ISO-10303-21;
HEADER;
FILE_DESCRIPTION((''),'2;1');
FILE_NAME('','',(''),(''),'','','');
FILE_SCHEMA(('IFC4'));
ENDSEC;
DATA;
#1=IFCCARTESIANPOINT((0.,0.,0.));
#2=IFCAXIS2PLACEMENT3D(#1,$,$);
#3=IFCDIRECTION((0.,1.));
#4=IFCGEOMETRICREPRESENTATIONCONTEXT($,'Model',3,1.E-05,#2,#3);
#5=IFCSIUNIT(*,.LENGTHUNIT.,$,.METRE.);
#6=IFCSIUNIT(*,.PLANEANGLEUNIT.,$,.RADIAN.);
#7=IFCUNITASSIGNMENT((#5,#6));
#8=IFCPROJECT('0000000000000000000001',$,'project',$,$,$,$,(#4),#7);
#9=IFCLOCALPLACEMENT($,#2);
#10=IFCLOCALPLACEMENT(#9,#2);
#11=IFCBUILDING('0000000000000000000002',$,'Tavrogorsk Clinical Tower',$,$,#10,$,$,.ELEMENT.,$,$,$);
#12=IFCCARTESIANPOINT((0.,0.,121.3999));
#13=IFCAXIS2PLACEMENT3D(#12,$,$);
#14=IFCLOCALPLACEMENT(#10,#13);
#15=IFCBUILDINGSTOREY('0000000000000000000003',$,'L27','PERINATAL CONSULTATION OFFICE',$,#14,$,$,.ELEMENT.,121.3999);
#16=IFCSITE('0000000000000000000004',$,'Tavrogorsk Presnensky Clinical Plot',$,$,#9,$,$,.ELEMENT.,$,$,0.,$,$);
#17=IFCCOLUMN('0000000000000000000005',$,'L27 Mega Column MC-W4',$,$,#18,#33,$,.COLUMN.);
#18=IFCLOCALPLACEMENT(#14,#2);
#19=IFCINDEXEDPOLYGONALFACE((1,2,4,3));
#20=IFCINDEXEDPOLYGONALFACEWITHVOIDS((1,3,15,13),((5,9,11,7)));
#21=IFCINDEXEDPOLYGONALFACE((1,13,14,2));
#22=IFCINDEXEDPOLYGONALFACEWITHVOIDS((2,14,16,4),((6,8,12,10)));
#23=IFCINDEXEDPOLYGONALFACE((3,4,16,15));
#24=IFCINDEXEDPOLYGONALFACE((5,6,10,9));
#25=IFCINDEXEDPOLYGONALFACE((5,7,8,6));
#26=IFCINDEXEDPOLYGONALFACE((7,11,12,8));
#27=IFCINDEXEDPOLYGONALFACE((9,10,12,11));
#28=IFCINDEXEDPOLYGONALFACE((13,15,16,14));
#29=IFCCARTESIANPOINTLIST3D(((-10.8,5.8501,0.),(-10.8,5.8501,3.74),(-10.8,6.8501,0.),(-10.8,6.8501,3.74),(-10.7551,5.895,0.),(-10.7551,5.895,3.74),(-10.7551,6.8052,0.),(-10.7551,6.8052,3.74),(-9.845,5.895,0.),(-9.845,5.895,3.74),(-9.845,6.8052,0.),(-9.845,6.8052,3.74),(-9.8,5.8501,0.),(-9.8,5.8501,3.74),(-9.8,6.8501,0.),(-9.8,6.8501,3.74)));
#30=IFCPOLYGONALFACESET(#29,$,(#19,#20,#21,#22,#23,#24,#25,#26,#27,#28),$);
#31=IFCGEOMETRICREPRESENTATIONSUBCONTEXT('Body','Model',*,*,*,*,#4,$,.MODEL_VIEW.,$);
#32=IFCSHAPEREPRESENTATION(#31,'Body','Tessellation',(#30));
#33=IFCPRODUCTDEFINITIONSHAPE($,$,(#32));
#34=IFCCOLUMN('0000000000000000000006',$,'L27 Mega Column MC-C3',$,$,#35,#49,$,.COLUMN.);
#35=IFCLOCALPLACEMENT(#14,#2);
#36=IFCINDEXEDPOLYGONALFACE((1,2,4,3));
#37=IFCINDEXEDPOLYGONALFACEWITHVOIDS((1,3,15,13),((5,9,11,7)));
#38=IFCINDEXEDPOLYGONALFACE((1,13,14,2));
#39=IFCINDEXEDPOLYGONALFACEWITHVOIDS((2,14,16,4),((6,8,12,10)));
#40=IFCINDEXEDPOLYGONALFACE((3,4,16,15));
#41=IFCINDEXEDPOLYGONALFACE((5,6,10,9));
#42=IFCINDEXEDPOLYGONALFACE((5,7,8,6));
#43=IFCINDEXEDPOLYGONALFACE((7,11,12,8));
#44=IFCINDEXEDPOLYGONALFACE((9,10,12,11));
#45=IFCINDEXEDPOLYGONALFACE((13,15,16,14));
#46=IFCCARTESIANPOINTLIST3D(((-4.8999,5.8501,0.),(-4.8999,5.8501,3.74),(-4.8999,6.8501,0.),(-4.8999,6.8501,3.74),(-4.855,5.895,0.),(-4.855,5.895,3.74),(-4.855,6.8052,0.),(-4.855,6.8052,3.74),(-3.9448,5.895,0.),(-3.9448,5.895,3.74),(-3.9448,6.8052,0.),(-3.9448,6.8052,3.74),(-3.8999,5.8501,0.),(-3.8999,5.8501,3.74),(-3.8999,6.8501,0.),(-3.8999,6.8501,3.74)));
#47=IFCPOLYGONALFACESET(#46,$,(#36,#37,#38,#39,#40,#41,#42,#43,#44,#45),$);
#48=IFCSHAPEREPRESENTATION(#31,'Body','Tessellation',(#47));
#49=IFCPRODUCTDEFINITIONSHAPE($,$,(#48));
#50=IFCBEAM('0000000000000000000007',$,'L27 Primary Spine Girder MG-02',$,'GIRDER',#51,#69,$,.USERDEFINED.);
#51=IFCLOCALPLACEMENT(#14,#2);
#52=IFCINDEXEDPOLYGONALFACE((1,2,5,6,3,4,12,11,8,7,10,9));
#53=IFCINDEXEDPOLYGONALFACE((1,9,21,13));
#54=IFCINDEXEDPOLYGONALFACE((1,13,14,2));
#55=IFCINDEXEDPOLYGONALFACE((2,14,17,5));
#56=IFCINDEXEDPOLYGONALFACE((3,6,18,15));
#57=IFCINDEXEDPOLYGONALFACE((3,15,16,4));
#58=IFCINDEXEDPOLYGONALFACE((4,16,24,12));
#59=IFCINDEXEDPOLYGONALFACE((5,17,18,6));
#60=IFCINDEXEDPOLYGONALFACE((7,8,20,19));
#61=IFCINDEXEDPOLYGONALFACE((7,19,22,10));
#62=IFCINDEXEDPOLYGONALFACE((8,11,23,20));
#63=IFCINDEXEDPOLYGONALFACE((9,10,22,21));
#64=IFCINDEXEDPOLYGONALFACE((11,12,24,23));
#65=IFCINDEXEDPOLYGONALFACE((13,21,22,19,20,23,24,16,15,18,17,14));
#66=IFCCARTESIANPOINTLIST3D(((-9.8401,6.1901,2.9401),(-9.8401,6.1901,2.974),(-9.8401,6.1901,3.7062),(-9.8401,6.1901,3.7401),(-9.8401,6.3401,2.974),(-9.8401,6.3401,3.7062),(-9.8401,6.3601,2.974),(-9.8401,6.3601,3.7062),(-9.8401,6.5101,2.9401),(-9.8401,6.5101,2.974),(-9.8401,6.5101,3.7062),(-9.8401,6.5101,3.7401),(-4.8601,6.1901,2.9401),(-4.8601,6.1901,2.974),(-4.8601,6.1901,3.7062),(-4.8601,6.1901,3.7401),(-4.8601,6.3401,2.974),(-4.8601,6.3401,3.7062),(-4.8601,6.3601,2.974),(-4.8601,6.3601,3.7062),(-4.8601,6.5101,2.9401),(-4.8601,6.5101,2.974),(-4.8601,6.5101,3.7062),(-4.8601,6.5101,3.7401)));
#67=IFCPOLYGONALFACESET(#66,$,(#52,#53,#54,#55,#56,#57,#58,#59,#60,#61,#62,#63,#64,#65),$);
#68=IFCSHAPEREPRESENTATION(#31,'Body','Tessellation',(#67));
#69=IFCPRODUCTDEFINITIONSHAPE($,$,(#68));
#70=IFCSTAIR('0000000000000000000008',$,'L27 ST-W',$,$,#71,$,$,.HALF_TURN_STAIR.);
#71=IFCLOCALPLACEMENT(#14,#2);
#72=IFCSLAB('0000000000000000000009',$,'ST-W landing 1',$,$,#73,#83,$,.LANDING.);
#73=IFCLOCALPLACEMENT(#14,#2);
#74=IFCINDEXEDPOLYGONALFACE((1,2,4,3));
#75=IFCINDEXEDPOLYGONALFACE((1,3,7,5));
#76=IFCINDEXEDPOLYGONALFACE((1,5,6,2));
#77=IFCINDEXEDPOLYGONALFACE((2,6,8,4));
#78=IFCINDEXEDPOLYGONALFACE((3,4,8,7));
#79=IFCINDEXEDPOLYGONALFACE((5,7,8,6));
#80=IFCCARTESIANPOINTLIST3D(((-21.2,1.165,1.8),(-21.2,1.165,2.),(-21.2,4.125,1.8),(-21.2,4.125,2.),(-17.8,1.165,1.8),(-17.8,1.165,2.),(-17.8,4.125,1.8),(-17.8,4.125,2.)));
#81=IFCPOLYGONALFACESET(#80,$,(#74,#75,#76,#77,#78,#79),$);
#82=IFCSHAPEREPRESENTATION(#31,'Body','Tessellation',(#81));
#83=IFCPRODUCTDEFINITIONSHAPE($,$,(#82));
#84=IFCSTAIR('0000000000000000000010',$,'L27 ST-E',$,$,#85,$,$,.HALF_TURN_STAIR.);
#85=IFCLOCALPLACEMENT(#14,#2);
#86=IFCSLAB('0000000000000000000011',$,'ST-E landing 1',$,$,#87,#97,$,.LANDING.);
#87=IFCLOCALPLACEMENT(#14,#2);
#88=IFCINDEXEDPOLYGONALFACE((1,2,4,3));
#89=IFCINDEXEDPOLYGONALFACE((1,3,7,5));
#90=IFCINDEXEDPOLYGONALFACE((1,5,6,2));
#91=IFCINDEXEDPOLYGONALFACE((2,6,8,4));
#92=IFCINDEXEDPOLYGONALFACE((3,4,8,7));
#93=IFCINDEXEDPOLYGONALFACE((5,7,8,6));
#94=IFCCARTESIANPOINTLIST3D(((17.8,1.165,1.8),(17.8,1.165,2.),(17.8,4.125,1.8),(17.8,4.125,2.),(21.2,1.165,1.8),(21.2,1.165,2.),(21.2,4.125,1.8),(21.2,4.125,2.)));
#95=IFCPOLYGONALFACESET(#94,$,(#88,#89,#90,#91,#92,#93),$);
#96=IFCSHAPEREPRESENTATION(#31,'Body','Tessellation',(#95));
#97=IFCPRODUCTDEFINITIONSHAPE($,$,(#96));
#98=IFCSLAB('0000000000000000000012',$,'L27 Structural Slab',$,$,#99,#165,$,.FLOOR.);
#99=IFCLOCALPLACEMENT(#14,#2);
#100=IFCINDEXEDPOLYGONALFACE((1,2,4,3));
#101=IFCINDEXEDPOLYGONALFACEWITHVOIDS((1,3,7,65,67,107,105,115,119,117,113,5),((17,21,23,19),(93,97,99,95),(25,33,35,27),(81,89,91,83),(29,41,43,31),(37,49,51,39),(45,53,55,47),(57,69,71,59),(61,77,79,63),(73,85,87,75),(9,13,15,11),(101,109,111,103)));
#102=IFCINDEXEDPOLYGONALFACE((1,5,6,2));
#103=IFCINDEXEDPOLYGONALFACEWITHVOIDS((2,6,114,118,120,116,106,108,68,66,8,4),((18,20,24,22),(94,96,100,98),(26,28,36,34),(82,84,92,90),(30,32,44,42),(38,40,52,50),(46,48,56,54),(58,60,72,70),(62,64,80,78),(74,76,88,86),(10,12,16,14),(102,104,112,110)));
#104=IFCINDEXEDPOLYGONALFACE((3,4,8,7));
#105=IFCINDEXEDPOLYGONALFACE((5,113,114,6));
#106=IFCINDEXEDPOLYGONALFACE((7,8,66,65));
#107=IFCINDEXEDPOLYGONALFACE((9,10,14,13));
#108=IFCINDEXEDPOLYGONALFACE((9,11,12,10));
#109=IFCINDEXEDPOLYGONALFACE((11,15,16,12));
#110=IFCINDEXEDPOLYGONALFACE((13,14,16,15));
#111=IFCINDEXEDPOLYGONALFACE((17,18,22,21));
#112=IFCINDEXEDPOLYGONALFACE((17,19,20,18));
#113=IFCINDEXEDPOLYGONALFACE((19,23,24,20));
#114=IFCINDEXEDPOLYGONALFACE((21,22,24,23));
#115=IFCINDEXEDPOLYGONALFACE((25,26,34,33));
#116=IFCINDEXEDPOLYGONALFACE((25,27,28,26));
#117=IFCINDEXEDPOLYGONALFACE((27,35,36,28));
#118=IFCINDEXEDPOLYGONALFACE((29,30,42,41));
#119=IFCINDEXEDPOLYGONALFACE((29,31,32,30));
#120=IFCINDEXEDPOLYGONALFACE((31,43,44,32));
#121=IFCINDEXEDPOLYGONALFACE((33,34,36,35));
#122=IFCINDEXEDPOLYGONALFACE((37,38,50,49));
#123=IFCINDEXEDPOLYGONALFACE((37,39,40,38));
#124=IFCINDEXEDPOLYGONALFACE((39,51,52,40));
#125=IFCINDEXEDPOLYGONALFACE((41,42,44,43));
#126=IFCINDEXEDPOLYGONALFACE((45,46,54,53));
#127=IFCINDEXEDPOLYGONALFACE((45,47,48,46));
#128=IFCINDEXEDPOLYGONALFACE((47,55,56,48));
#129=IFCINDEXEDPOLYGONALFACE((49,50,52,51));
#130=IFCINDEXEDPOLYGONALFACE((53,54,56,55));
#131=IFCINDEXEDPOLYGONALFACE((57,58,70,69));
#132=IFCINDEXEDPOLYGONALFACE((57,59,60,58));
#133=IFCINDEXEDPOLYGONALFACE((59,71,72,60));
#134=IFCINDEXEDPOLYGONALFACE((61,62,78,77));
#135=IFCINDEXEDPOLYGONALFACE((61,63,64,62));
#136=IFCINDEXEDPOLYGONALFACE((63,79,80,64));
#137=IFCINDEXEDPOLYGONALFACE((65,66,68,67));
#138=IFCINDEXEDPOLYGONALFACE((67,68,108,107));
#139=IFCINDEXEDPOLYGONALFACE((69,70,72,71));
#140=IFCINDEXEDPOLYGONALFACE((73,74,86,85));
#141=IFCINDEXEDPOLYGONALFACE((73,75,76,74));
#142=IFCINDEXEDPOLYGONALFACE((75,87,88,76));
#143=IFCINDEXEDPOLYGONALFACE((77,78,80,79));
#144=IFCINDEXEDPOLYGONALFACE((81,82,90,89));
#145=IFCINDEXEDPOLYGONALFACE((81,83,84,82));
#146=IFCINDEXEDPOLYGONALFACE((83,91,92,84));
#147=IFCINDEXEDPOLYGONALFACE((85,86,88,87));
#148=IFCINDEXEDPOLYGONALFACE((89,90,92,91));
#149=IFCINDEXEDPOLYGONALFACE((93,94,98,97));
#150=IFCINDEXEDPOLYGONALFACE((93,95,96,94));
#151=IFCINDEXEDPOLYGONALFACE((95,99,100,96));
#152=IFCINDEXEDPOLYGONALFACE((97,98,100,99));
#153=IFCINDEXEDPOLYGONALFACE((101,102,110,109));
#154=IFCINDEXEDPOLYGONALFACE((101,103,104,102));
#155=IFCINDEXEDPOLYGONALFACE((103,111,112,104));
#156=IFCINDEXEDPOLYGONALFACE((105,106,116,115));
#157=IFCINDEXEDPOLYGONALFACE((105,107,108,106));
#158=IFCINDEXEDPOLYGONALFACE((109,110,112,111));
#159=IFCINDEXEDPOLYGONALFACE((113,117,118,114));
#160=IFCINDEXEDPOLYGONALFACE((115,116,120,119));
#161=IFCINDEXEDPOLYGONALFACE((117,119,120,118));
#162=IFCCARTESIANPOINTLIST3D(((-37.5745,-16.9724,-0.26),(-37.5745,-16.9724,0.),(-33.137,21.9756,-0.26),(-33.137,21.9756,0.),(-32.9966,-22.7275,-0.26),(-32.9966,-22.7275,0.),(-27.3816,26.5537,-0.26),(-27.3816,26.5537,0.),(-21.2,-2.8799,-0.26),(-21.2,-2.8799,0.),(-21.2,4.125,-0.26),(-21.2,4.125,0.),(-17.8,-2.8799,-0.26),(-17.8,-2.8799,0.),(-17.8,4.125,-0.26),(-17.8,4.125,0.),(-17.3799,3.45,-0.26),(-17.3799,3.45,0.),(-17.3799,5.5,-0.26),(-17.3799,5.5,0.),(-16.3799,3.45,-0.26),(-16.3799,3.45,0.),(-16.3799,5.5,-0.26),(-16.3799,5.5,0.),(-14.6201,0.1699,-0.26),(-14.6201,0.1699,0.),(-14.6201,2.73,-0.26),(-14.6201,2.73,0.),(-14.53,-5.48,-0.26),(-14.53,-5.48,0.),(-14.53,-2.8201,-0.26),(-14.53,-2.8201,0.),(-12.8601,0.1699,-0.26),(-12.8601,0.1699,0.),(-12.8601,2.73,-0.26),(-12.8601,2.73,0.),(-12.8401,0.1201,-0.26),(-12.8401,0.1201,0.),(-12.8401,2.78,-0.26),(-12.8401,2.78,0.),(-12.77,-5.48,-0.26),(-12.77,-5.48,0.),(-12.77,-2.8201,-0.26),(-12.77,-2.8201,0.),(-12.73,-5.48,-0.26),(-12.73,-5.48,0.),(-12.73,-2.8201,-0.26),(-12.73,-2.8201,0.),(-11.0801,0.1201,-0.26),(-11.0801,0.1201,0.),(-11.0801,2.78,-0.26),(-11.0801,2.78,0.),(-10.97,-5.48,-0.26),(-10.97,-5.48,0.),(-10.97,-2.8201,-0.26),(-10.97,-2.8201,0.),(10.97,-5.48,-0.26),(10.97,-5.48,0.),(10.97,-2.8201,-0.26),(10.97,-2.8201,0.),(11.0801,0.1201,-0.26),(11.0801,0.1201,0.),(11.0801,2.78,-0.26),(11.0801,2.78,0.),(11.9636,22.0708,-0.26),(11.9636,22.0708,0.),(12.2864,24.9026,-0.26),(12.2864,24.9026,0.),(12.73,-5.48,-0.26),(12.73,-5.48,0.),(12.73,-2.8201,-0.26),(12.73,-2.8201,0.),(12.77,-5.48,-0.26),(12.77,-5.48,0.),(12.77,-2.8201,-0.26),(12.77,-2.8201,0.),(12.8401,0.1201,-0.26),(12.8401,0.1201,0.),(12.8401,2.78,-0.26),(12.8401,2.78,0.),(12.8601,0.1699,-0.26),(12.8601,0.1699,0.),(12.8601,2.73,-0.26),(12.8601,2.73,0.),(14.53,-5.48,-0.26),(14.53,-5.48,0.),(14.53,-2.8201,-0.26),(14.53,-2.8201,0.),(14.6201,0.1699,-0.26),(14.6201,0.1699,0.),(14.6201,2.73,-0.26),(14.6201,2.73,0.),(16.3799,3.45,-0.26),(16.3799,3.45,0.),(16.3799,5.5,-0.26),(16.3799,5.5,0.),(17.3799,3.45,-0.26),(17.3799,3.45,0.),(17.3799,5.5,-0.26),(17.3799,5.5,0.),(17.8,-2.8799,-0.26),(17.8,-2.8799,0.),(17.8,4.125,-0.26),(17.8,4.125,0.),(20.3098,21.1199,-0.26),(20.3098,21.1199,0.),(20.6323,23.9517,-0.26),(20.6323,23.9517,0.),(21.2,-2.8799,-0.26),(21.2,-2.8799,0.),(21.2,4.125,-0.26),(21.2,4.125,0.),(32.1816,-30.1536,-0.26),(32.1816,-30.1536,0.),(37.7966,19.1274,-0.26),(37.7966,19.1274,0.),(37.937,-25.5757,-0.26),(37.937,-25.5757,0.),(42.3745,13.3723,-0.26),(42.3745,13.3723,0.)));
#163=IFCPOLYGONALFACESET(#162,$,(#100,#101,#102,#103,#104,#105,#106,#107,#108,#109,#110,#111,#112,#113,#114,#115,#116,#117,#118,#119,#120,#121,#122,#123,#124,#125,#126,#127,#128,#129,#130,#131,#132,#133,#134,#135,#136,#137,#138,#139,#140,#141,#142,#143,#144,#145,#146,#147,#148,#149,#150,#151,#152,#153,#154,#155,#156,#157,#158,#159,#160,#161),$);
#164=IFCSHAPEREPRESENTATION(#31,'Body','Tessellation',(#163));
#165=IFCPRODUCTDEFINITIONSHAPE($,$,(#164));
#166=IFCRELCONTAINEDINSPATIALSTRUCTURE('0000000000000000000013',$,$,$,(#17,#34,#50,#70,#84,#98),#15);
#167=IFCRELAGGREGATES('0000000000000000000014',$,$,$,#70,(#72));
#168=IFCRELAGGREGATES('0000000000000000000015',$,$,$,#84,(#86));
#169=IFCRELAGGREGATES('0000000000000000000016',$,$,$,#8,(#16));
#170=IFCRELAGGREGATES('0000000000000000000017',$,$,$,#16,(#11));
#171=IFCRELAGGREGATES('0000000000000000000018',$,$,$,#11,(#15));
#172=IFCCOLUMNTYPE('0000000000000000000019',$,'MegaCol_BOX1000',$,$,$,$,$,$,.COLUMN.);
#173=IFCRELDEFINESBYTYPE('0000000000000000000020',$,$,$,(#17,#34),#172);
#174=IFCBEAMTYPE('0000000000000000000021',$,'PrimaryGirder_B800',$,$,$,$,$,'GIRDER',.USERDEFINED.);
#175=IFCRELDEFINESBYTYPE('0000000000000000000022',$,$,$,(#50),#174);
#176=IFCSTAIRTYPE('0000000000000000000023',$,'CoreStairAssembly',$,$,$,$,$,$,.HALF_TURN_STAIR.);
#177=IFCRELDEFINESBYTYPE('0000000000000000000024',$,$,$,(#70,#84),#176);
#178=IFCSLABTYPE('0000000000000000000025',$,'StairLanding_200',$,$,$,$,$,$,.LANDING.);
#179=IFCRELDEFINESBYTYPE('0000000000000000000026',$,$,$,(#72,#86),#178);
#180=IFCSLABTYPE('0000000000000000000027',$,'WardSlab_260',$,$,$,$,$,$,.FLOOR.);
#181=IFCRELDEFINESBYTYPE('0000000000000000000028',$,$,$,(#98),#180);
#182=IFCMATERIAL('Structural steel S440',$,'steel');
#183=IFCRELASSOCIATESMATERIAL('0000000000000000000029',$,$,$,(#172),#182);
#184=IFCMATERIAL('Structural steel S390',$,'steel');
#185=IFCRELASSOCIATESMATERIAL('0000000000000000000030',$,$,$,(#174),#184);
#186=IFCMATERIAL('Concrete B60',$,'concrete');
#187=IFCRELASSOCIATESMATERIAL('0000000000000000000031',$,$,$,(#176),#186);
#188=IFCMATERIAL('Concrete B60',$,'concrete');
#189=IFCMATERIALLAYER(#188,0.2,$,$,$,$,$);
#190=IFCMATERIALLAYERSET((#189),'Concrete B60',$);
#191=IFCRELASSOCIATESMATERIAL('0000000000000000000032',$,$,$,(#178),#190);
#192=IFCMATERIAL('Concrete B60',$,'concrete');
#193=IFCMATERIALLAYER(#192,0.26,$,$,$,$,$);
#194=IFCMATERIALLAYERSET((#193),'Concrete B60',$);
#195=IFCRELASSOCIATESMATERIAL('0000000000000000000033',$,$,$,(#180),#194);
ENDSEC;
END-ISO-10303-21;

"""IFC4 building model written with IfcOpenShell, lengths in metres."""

from ifc_helpers import new_model, si_unit, direction, frame, origin, origin_2d, place, context, subcontext, project, spatial, polyline, hollow_rectangle, i_section, outline, extrude, material, layer, layer_set, material_profile, profile_set, type_object, element, aggregate, save


model = new_model("IFC4")

# Units and contexts
model_context = context("Model", 3, precision=1e-05, world=origin(), true_north=direction((0.0, 1.0)))
body_context = subcontext(model_context, "Body", "Model", "MODEL_VIEW")
ifc_project = project(units=[si_unit("LENGTHUNIT", "METRE"), si_unit("PLANEANGLEUNIT", "RADIAN")], contexts=[model_context])

# Site, building, storey
site_placement = place(None, origin())
site = spatial("IfcSite", under=ifc_project, at=site_placement, Name="Tavrogorsk Presnensky Clinical Plot", CompositionType="ELEMENT", RefElevation=0.0)
building_placement = place(site_placement, origin())
building = spatial("IfcBuilding", under=site, at=building_placement, Name="Tavrogorsk Clinical Tower", CompositionType="ELEMENT")
storey_placement = place(building_placement, frame((0.0, 0.0, 121.3999)))
storey = spatial("IfcBuildingStorey", under=building, at=storey_placement, Name="L27", Description="PERINATAL CONSULTATION OFFICE", CompositionType="ELEMENT", Elevation=121.3999)

# Columns
ifc_material_1 = material(Name="Structural steel S440", Category="steel")
ifc_material_profile_1 = material_profile(ifc_material_1, hollow_rectangle(XDim=1.0, YDim=1.0, WallThickness=0.0449, at=origin_2d()), Name="BOX-1000x1000x45")
ifc_profile_set_1 = profile_set([ifc_material_profile_1], Name="Structural steel S440")
column_type = type_object("IfcColumnType", Name="MegaCol_BOX1000", PredefinedType="COLUMN", material=ifc_profile_set_1)
for number, where, z_axis, x_axis, name in (
    (1, (-10.3, 6.3501, 0.0), (0.0, 0.0, 1.0), (1.0, 0.0, 0.0), "L27 Mega Column MC-W4"),
    (2, (-4.3999, 6.3501, 0.0), (0.0, 0.0, 1.0), (1.0, 0.0, 0.0), "L27 Mega Column MC-C3"),
):
    element("IfcColumn", number, at=place(storey_placement, frame(where, z_axis=z_axis, x_axis=x_axis)), inside=storey, type_object=column_type, Name=name, PredefinedType="COLUMN", context=body_context, shape_type="SweptSolid", body=[
        extrude(hollow_rectangle(XDim=1.0, YDim=1.0, WallThickness=0.0449, at=origin_2d()), origin(), (0.0, 0.0, 1.0), 3.74),
    ])

# Beam
ifc_material_2 = material(Name="Structural steel S390", Category="steel")
ifc_material_profile_2 = material_profile(ifc_material_2, i_section(OverallWidth=0.3201, OverallDepth=0.8, WebThickness=0.02, FlangeThickness=0.0339, at=origin_2d()), Name="B-800x320x20x34")
ifc_profile_set_2 = profile_set([ifc_material_profile_2], Name="Structural steel S390")
beam_type = type_object("IfcBeamType", Name="PrimaryGirder_B800", ElementType="GIRDER", PredefinedType="USERDEFINED", material=ifc_profile_set_2)
beam_placement = place(storey_placement, frame((-9.8401, 6.3501, 3.3401), z_axis=(1.0, 0.0, 0.0), x_axis=(0.0, 1.0, 0.0)))
element("IfcBeam", 3, at=beam_placement, inside=storey, type_object=beam_type, Name="L27 Primary Spine Girder MG-02", ObjectType="GIRDER", PredefinedType="USERDEFINED", context=body_context, shape_type="SweptSolid", body=[
    extrude(i_section(OverallWidth=0.3201, OverallDepth=0.8, WebThickness=0.02, FlangeThickness=0.0339, at=origin_2d()), origin(), (0.0, 0.0, 1.0), 4.98),
])

# Stairs, slabs
ifc_material_3 = material(Name="Concrete B60", Category="concrete")
stair_type = type_object("IfcStairType", Name="CoreStairAssembly", PredefinedType="HALF_TURN_STAIR", material=ifc_material_3)
stair_1_placement = place(storey_placement, origin())
stair_1 = element("IfcStair", 4, at=stair_1_placement, inside=storey, type_object=stair_type, Name="L27 ST-W", PredefinedType="HALF_TURN_STAIR")
ifc_material_4 = material(Name="Concrete B60", Category="concrete")
ifc_layer_1 = layer(ifc_material_4, 0.2)
ifc_layer_set_1 = layer_set([ifc_layer_1], Name="Concrete B60")
slab_type_1 = type_object("IfcSlabType", Name="StairLanding_200", PredefinedType="LANDING", material=ifc_layer_set_1)
slab_1_placement = place(storey_placement, frame((0.0, 0.0, 1.8)))
slab_1 = element("IfcSlab", 5, at=slab_1_placement, type_object=slab_type_1, Name="ST-W landing 1", PredefinedType="LANDING", context=body_context, shape_type="SweptSolid", body=[
    extrude(outline(polyline([(-17.8, 1.165), (-17.8, 4.125), (-21.2, 4.125), (-21.2, 1.165), (-17.8, 1.165)])), origin(), (0.0, 0.0, 1.0), 0.2),
])
aggregate(stair_1, [slab_1])
stair_2_placement = place(storey_placement, origin())
stair_2 = element("IfcStair", 6, at=stair_2_placement, inside=storey, type_object=stair_type, Name="L27 ST-E", PredefinedType="HALF_TURN_STAIR")
slab_2_placement = place(storey_placement, frame((0.0, 0.0, 1.8)))
slab_2 = element("IfcSlab", 7, at=slab_2_placement, type_object=slab_type_1, Name="ST-E landing 1", PredefinedType="LANDING", context=body_context, shape_type="SweptSolid", body=[
    extrude(outline(polyline([(21.2, 1.165), (21.2, 4.125), (17.8, 4.125), (17.8, 1.165), (21.2, 1.165)])), origin(), (0.0, 0.0, 1.0), 0.2),
])
aggregate(stair_2, [slab_2])

# Slab
ifc_material_5 = material(Name="Concrete B60", Category="concrete")
ifc_layer_2 = layer(ifc_material_5, 0.26)
ifc_layer_set_2 = layer_set([ifc_layer_2], Name="Concrete B60")
slab_type_2 = type_object("IfcSlabType", Name="WardSlab_260", PredefinedType="FLOOR", material=ifc_layer_set_2)
slab_3_placement = place(storey_placement, frame((0.0, 0.0, -0.26)))
element("IfcSlab", 8, at=slab_3_placement, inside=storey, type_object=slab_type_2, Name="L27 Structural Slab", PredefinedType="FLOOR", context=body_context, shape_type="SweptSolid", body=[
    extrude(outline(polyline([(37.7966, 19.1274), (42.3745, 13.3723), (37.937, -25.5757), (32.1816, -30.1536), (-32.9966, -22.7275), (-37.5745, -16.9724), (-33.137, 21.9756), (-27.3816, 26.5537), (11.9636, 22.0708), (12.2864, 24.9026), (20.6323, 23.9517), (20.3098, 21.1199), (37.7966, 19.1274)]), holes=[polyline([(-17.8, -2.8799), (-17.8, 4.125), (-21.2, 4.125), (-21.2, -2.8799), (-17.8, -2.8799)]), polyline([(21.2, -2.8799), (21.2, 4.125), (17.8, 4.125), (17.8, -2.8799), (21.2, -2.8799)]), polyline([(-14.6201, 0.1699), (-12.8601, 0.1699), (-12.8601, 2.73), (-14.6201, 2.73), (-14.6201, 0.1699)]), polyline([(-14.53, -5.48), (-12.77, -5.48), (-12.77, -2.8201), (-14.53, -2.8201), (-14.53, -5.48)]), polyline([(-12.73, -5.48), (-10.97, -5.48), (-10.97, -2.8201), (-12.73, -2.8201), (-12.73, -5.48)]), polyline([(-12.8401, 0.1201), (-11.0801, 0.1201), (-11.0801, 2.78), (-12.8401, 2.78), (-12.8401, 0.1201)]), polyline([(12.8601, 0.1699), (14.6201, 0.1699), (14.6201, 2.73), (12.8601, 2.73), (12.8601, 0.1699)]), polyline([(12.77, -5.48), (14.53, -5.48), (14.53, -2.8201), (12.77, -2.8201), (12.77, -5.48)]), polyline([(10.97, -5.48), (12.73, -5.48), (12.73, -2.8201), (10.97, -2.8201), (10.97, -5.48)]), polyline([(11.0801, 0.1201), (12.8401, 0.1201), (12.8401, 2.78), (11.0801, 2.78), (11.0801, 0.1201)]), polyline([(-17.3799, 3.45), (-16.3799, 3.45), (-16.3799, 5.5), (-17.3799, 5.5), (-17.3799, 3.45)]), polyline([(16.3799, 3.45), (17.3799, 3.45), (17.3799, 5.5), (16.3799, 5.5), (16.3799, 3.45)])]), origin(), (0.0, 0.0, 1.0), 0.26),
])

save(model, "model.ifc")
